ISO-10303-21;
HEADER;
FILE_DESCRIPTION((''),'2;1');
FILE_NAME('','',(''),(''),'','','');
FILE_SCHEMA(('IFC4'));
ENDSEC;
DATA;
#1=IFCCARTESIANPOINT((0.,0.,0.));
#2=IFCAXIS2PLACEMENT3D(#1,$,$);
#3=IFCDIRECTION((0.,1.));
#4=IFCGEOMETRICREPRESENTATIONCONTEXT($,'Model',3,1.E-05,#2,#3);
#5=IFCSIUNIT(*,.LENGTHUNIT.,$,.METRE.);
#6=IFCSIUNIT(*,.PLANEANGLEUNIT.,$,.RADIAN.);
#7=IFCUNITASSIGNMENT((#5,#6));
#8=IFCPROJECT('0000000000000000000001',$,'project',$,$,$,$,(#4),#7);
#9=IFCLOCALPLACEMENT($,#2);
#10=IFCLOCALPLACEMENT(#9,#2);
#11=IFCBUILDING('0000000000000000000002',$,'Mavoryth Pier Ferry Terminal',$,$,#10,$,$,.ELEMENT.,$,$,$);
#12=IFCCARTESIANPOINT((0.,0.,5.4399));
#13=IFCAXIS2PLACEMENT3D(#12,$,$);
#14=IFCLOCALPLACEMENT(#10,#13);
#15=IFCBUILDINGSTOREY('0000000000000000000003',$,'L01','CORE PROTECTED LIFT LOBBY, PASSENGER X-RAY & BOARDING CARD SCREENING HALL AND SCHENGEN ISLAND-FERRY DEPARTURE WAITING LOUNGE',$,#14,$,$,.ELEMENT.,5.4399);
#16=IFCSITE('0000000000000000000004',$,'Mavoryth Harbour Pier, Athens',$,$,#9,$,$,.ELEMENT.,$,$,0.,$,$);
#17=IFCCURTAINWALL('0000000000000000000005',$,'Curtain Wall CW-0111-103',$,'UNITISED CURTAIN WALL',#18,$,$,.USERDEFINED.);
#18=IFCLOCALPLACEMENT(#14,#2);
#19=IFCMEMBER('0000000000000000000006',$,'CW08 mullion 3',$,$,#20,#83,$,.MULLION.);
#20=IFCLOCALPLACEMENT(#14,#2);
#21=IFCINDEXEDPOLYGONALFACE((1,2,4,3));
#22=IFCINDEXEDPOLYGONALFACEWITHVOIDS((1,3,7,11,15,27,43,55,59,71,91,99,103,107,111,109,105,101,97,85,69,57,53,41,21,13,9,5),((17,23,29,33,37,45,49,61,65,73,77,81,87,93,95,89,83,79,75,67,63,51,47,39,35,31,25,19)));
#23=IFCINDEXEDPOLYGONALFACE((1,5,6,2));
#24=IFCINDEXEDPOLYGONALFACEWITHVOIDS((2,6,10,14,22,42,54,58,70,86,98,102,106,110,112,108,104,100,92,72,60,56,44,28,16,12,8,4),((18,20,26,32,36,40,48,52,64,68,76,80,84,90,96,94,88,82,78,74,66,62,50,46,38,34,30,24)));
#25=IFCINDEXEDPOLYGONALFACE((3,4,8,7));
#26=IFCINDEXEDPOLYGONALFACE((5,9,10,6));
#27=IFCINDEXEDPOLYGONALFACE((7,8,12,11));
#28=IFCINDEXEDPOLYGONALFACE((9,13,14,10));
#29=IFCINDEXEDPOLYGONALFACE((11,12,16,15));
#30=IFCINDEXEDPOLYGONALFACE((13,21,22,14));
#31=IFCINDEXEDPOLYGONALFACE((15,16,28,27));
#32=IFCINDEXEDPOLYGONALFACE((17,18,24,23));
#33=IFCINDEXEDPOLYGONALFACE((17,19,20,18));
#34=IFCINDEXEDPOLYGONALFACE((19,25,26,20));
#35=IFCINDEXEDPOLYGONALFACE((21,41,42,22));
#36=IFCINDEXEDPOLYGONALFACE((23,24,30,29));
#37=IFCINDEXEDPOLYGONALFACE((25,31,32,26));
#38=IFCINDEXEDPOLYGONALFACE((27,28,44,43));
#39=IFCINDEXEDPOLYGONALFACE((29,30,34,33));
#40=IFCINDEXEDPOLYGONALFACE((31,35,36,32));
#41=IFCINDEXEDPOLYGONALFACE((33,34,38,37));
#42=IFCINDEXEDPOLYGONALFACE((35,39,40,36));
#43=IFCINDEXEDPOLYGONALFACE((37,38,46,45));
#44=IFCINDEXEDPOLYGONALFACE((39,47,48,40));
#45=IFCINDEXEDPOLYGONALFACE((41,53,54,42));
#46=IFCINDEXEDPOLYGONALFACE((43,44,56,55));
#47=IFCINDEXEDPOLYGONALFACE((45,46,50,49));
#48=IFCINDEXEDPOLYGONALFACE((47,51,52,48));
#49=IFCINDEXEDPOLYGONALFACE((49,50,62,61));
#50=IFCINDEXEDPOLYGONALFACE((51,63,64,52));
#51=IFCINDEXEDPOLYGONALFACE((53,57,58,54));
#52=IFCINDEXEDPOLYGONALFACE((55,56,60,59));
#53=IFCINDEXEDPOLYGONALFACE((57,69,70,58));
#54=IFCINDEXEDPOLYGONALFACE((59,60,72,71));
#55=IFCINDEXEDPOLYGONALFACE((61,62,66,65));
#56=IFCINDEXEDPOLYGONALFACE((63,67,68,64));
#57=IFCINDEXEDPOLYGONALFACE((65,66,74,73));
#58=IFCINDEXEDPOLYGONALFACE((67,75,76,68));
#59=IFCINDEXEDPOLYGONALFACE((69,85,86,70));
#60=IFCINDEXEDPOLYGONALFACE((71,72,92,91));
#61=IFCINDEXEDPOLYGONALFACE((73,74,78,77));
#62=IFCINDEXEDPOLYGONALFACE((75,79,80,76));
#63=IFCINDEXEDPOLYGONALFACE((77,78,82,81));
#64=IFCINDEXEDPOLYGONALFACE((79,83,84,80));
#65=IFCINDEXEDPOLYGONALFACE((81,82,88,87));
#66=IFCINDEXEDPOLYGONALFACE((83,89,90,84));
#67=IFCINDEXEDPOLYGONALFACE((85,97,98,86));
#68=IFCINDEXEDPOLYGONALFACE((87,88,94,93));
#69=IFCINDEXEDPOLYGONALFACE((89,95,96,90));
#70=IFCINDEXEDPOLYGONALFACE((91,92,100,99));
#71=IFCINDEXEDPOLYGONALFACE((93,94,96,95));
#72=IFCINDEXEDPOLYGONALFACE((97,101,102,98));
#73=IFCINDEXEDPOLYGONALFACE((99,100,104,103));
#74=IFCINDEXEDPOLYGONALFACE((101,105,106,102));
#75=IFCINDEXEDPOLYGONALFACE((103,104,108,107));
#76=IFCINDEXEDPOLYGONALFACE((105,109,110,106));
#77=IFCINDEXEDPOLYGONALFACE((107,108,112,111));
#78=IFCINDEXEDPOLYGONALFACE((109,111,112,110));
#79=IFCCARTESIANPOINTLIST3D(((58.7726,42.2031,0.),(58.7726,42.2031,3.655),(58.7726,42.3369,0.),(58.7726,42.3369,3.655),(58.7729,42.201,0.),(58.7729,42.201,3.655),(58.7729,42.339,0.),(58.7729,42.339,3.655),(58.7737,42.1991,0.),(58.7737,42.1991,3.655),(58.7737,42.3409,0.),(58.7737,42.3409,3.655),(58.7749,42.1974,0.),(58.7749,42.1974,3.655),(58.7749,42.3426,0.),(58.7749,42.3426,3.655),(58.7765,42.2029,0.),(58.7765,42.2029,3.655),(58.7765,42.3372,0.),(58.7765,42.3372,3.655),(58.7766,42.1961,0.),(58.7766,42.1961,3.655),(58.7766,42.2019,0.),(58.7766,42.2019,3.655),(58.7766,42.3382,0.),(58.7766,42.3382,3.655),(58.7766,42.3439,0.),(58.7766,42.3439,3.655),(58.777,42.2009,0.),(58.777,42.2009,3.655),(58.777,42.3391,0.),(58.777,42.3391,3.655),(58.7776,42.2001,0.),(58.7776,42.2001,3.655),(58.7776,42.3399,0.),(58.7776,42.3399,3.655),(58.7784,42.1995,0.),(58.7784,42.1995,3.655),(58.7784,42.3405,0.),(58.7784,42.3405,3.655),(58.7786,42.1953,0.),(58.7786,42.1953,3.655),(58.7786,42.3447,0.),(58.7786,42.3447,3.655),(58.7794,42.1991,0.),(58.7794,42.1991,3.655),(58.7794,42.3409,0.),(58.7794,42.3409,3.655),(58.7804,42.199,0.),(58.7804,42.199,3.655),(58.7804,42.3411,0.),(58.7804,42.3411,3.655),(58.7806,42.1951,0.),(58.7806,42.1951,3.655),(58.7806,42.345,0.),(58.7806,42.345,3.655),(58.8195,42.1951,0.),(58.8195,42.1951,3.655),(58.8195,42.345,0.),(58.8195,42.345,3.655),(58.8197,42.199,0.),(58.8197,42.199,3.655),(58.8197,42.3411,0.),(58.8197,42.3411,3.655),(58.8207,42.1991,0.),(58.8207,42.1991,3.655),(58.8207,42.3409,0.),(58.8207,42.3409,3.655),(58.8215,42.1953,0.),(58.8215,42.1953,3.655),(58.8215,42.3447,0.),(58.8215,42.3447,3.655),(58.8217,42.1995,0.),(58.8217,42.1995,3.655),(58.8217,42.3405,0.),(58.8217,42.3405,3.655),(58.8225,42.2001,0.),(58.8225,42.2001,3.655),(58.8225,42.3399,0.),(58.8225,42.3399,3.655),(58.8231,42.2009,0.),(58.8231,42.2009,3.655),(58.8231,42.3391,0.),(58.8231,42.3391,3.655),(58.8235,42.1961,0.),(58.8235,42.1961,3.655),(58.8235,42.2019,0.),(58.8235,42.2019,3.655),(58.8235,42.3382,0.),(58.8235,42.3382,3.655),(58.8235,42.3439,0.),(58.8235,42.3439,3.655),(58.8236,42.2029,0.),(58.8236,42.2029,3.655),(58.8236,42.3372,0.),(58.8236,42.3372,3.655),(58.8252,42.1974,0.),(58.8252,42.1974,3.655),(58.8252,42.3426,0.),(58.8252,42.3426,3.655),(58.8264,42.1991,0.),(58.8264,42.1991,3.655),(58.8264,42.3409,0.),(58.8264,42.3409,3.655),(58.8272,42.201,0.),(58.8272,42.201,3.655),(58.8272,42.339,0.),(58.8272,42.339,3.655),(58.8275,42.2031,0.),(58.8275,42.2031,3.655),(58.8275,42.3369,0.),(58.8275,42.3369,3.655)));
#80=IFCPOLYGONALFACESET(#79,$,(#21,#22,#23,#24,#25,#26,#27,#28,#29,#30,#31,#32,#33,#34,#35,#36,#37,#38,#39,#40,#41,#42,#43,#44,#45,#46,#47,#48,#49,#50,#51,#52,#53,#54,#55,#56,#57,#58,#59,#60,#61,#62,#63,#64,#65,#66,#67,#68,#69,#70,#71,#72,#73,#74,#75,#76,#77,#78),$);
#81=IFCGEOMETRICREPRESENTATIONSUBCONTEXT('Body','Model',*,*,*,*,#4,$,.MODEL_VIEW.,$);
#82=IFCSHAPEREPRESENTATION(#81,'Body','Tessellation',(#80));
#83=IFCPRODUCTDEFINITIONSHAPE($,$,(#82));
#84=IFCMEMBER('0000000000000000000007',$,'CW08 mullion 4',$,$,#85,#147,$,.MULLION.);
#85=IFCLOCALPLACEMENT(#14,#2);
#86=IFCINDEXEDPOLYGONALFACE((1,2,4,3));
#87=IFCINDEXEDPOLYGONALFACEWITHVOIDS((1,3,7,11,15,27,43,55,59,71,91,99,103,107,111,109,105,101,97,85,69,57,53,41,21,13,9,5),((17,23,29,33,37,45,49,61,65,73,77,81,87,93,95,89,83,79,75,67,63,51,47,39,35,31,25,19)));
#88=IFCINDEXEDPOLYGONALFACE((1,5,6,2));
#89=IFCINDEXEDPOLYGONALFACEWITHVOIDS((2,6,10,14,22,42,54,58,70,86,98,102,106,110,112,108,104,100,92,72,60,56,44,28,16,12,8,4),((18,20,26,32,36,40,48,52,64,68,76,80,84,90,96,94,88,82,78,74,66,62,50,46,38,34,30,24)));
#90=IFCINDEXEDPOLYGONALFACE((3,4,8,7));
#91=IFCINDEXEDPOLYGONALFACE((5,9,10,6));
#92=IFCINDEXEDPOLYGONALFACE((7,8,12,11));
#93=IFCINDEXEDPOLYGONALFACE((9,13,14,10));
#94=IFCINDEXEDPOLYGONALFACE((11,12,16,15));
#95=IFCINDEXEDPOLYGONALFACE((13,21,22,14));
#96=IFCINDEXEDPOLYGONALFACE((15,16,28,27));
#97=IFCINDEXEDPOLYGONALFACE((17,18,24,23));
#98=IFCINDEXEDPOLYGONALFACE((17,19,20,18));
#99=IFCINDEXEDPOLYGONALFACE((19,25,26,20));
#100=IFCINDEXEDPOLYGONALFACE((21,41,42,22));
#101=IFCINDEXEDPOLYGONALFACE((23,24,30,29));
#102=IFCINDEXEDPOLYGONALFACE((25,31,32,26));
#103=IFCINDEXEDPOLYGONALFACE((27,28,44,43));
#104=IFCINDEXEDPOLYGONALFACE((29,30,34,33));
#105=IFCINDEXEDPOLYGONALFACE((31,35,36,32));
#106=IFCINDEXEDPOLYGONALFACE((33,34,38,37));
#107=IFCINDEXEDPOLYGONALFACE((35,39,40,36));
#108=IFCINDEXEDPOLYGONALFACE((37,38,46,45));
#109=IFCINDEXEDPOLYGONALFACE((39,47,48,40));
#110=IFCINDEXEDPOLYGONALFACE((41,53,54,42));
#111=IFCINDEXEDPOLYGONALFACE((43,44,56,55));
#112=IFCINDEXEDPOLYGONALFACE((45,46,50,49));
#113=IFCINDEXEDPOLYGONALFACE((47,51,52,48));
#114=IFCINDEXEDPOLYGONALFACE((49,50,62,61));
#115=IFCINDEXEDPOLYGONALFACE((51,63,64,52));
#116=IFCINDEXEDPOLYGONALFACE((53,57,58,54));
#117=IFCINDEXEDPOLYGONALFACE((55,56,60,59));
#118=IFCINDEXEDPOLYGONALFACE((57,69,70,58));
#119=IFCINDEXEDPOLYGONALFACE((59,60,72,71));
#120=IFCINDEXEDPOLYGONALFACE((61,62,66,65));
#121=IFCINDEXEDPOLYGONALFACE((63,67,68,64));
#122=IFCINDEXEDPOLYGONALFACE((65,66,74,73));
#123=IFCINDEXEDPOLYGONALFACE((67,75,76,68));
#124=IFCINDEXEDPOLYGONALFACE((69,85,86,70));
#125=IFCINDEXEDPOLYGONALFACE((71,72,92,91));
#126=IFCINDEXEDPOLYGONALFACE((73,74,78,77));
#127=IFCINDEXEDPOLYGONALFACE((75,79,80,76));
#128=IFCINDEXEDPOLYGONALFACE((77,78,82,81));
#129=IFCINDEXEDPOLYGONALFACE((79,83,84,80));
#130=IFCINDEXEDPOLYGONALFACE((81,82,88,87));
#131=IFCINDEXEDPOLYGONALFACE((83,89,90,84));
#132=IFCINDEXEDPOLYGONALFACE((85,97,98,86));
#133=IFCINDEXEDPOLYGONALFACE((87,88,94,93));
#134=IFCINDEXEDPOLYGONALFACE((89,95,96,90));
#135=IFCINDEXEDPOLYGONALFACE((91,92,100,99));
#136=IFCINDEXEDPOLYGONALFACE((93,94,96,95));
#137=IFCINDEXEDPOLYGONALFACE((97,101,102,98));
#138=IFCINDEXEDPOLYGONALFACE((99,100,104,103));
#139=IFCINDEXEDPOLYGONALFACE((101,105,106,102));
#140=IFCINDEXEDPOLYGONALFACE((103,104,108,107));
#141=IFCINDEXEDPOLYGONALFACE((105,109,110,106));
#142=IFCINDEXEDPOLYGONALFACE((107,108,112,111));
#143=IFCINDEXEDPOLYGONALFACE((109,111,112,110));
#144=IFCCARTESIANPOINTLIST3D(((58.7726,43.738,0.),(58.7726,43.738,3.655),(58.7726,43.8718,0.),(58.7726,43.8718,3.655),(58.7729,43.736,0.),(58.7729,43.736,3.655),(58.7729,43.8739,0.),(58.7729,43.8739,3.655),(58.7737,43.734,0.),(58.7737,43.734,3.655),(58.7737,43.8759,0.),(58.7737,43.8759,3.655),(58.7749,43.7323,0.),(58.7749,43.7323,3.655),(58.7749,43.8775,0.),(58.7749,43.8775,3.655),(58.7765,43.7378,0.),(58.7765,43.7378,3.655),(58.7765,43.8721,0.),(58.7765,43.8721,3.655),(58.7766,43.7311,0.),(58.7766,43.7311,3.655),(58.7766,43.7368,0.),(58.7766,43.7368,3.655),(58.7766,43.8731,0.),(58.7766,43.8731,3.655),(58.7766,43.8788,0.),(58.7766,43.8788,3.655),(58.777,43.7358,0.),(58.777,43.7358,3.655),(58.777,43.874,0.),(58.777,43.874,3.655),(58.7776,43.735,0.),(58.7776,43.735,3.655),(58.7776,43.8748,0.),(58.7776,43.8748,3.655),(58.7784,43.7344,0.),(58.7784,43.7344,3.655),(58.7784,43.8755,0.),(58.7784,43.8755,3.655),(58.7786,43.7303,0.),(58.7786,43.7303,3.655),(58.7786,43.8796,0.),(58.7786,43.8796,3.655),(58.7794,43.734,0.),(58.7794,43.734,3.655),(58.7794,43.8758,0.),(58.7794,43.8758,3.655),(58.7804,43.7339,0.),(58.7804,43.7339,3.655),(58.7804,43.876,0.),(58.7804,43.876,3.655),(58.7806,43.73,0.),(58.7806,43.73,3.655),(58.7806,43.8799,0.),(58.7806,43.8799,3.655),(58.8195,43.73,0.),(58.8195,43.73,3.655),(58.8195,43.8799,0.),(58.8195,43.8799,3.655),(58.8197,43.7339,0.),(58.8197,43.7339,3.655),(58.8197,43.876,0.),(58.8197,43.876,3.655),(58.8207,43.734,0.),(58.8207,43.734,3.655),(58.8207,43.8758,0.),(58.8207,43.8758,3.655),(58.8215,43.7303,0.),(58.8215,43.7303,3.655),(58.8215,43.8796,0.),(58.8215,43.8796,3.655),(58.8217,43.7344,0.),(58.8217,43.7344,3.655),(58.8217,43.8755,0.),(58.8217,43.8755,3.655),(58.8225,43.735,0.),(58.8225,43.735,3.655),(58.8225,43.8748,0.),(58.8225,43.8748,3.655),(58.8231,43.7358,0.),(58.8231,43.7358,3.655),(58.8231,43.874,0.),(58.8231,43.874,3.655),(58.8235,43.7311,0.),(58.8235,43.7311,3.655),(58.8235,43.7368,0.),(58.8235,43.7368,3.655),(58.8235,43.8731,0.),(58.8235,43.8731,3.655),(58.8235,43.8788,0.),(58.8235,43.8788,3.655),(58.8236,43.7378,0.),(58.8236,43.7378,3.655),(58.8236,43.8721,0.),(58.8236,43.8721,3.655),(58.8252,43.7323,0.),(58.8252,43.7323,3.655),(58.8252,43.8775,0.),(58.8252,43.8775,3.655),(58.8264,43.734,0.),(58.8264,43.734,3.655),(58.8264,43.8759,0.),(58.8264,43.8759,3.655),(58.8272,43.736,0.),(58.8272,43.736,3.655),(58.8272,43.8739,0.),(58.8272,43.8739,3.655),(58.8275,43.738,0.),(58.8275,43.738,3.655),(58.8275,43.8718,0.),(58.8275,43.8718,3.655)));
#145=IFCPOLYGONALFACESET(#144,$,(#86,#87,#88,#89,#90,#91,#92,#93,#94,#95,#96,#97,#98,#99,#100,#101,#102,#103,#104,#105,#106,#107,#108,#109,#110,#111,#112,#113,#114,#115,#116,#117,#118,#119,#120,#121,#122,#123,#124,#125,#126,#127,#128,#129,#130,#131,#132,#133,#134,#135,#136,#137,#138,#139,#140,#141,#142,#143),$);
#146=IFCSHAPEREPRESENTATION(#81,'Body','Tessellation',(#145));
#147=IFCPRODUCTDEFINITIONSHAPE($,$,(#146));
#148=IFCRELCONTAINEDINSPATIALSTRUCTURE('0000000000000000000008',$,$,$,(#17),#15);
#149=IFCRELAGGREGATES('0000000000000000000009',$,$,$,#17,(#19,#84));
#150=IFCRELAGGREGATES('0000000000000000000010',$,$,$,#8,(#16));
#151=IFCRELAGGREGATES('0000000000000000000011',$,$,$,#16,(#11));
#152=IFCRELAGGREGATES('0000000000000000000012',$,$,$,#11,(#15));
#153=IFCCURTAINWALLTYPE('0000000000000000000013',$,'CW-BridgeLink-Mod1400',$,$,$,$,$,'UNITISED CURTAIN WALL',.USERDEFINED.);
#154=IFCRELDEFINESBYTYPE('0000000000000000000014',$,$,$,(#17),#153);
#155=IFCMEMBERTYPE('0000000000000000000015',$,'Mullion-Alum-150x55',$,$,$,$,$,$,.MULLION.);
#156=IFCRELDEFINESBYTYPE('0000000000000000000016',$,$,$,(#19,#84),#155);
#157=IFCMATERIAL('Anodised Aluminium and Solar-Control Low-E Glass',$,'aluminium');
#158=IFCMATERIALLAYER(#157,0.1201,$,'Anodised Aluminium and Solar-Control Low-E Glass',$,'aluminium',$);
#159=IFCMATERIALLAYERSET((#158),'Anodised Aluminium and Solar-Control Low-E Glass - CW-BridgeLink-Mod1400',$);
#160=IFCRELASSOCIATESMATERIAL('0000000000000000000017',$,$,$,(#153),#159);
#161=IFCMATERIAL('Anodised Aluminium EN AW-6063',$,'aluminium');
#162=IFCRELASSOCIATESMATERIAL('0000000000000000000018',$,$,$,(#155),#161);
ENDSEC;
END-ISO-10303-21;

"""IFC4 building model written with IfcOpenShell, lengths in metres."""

from ifc_helpers import new_model, si_unit, direction, frame, origin, origin_2d, place, context, subcontext, project, spatial, hollow_rectangle, extrude, material, layer, layer_set, material_profile, profile_set, type_object, element, aggregate, save


model = new_model("IFC4")

# Units and contexts
model_context = context("Model", 3, precision=1e-05, world=origin(), true_north=direction((0.0, 1.0)))
body_context = subcontext(model_context, "Body", "Model", "MODEL_VIEW")
ifc_project = project(units=[si_unit("LENGTHUNIT", "METRE"), si_unit("PLANEANGLEUNIT", "RADIAN")], contexts=[model_context])

# Site, building, storey
site_placement = place(None, origin())
site = spatial("IfcSite", under=ifc_project, at=site_placement, Name="Mavoryth Harbour Pier, Athens", CompositionType="ELEMENT", RefElevation=0.0)
building_placement = place(site_placement, origin())
building = spatial("IfcBuilding", under=site, at=building_placement, Name="Mavoryth Pier Ferry Terminal", CompositionType="ELEMENT")
storey_placement = place(building_placement, frame((0.0, 0.0, 5.4399)))
storey = spatial("IfcBuildingStorey", under=building, at=storey_placement, Name="L01", Description="CORE PROTECTED LIFT LOBBY, PASSENGER X-RAY & BOARDING CARD SCREENING HALL AND SCHENGEN ISLAND-FERRY DEPARTURE WAITING LOUNGE", CompositionType="ELEMENT", Elevation=5.4399)

# Curtain wall, members
ifc_material_1 = material(Name="Anodised Aluminium and Solar-Control Low-E Glass", Category="aluminium")
ifc_layer_1 = layer(ifc_material_1, 0.1201, Name="Anodised Aluminium and Solar-Control Low-E Glass", Category="aluminium")
ifc_layer_set_1 = layer_set([ifc_layer_1], Name="Anodised Aluminium and Solar-Control Low-E Glass - CW-BridgeLink-Mod1400")
curtain_wall_type = type_object("IfcCurtainWallType", Name="CW-BridgeLink-Mod1400", ElementType="UNITISED CURTAIN WALL", PredefinedType="USERDEFINED", material=ifc_layer_set_1)
curtain_wall_1_placement = place(storey_placement, origin())
curtain_wall_1 = element("IfcCurtainWall", 1, at=curtain_wall_1_placement, inside=storey, type_object=curtain_wall_type, Name="Curtain Wall CW-0111-103", ObjectType="UNITISED CURTAIN WALL", PredefinedType="USERDEFINED")
ifc_material_2 = material(Name="Anodised Aluminium EN AW-6063", Category="aluminium")
ifc_material_profile_1 = material_profile(ifc_material_2, hollow_rectangle(XDim=0.0549, YDim=0.1499, WallThickness=0.0039, InnerFilletRadius=0.0039, OuterFilletRadius=0.0081, at=origin_2d()), Name="AL-MULL 150x55x4", Category="aluminium")
ifc_profile_set_1 = profile_set([ifc_material_profile_1], Name="Anodised Aluminium EN AW-6063 - AL-MULL 150x55x4")
member_type_1 = type_object("IfcMemberType", Name="Mullion-Alum-150x55", PredefinedType="MULLION", material=ifc_profile_set_1)
member_1_placement = place(storey_placement, frame((58.8, 42.27, 0.0), z_axis=(0.0, 0.0, 1.0), x_axis=(-1.0, 0.0, 0.0)))
member_1 = element("IfcMember", 2, at=member_1_placement, type_object=member_type_1, Name="CW08 mullion 3", PredefinedType="MULLION", context=body_context, shape_type="SweptSolid", body=[
    extrude(hollow_rectangle(XDim=0.0549, YDim=0.1499, WallThickness=0.0039, InnerFilletRadius=0.0039, OuterFilletRadius=0.0081, at=origin_2d()), origin(), (0.0, 0.0, 1.0), 3.655),
])
member_2_placement = place(storey_placement, frame((58.8, 43.8049, 0.0), z_axis=(0.0, 0.0, 1.0), x_axis=(-1.0, 0.0, 0.0)))
member_2 = element("IfcMember", 3, at=member_2_placement, type_object=member_type_1, Name="CW08 mullion 4", PredefinedType="MULLION", context=body_context, shape_type="SweptSolid", body=[
    extrude(hollow_rectangle(XDim=0.0549, YDim=0.1499, WallThickness=0.0039, InnerFilletRadius=0.0039, OuterFilletRadius=0.0081, at=origin_2d()), origin(), (0.0, 0.0, 1.0), 3.655),
])

aggregate(curtain_wall_1, [member_1, member_2])

save(model, "model.ifc")
